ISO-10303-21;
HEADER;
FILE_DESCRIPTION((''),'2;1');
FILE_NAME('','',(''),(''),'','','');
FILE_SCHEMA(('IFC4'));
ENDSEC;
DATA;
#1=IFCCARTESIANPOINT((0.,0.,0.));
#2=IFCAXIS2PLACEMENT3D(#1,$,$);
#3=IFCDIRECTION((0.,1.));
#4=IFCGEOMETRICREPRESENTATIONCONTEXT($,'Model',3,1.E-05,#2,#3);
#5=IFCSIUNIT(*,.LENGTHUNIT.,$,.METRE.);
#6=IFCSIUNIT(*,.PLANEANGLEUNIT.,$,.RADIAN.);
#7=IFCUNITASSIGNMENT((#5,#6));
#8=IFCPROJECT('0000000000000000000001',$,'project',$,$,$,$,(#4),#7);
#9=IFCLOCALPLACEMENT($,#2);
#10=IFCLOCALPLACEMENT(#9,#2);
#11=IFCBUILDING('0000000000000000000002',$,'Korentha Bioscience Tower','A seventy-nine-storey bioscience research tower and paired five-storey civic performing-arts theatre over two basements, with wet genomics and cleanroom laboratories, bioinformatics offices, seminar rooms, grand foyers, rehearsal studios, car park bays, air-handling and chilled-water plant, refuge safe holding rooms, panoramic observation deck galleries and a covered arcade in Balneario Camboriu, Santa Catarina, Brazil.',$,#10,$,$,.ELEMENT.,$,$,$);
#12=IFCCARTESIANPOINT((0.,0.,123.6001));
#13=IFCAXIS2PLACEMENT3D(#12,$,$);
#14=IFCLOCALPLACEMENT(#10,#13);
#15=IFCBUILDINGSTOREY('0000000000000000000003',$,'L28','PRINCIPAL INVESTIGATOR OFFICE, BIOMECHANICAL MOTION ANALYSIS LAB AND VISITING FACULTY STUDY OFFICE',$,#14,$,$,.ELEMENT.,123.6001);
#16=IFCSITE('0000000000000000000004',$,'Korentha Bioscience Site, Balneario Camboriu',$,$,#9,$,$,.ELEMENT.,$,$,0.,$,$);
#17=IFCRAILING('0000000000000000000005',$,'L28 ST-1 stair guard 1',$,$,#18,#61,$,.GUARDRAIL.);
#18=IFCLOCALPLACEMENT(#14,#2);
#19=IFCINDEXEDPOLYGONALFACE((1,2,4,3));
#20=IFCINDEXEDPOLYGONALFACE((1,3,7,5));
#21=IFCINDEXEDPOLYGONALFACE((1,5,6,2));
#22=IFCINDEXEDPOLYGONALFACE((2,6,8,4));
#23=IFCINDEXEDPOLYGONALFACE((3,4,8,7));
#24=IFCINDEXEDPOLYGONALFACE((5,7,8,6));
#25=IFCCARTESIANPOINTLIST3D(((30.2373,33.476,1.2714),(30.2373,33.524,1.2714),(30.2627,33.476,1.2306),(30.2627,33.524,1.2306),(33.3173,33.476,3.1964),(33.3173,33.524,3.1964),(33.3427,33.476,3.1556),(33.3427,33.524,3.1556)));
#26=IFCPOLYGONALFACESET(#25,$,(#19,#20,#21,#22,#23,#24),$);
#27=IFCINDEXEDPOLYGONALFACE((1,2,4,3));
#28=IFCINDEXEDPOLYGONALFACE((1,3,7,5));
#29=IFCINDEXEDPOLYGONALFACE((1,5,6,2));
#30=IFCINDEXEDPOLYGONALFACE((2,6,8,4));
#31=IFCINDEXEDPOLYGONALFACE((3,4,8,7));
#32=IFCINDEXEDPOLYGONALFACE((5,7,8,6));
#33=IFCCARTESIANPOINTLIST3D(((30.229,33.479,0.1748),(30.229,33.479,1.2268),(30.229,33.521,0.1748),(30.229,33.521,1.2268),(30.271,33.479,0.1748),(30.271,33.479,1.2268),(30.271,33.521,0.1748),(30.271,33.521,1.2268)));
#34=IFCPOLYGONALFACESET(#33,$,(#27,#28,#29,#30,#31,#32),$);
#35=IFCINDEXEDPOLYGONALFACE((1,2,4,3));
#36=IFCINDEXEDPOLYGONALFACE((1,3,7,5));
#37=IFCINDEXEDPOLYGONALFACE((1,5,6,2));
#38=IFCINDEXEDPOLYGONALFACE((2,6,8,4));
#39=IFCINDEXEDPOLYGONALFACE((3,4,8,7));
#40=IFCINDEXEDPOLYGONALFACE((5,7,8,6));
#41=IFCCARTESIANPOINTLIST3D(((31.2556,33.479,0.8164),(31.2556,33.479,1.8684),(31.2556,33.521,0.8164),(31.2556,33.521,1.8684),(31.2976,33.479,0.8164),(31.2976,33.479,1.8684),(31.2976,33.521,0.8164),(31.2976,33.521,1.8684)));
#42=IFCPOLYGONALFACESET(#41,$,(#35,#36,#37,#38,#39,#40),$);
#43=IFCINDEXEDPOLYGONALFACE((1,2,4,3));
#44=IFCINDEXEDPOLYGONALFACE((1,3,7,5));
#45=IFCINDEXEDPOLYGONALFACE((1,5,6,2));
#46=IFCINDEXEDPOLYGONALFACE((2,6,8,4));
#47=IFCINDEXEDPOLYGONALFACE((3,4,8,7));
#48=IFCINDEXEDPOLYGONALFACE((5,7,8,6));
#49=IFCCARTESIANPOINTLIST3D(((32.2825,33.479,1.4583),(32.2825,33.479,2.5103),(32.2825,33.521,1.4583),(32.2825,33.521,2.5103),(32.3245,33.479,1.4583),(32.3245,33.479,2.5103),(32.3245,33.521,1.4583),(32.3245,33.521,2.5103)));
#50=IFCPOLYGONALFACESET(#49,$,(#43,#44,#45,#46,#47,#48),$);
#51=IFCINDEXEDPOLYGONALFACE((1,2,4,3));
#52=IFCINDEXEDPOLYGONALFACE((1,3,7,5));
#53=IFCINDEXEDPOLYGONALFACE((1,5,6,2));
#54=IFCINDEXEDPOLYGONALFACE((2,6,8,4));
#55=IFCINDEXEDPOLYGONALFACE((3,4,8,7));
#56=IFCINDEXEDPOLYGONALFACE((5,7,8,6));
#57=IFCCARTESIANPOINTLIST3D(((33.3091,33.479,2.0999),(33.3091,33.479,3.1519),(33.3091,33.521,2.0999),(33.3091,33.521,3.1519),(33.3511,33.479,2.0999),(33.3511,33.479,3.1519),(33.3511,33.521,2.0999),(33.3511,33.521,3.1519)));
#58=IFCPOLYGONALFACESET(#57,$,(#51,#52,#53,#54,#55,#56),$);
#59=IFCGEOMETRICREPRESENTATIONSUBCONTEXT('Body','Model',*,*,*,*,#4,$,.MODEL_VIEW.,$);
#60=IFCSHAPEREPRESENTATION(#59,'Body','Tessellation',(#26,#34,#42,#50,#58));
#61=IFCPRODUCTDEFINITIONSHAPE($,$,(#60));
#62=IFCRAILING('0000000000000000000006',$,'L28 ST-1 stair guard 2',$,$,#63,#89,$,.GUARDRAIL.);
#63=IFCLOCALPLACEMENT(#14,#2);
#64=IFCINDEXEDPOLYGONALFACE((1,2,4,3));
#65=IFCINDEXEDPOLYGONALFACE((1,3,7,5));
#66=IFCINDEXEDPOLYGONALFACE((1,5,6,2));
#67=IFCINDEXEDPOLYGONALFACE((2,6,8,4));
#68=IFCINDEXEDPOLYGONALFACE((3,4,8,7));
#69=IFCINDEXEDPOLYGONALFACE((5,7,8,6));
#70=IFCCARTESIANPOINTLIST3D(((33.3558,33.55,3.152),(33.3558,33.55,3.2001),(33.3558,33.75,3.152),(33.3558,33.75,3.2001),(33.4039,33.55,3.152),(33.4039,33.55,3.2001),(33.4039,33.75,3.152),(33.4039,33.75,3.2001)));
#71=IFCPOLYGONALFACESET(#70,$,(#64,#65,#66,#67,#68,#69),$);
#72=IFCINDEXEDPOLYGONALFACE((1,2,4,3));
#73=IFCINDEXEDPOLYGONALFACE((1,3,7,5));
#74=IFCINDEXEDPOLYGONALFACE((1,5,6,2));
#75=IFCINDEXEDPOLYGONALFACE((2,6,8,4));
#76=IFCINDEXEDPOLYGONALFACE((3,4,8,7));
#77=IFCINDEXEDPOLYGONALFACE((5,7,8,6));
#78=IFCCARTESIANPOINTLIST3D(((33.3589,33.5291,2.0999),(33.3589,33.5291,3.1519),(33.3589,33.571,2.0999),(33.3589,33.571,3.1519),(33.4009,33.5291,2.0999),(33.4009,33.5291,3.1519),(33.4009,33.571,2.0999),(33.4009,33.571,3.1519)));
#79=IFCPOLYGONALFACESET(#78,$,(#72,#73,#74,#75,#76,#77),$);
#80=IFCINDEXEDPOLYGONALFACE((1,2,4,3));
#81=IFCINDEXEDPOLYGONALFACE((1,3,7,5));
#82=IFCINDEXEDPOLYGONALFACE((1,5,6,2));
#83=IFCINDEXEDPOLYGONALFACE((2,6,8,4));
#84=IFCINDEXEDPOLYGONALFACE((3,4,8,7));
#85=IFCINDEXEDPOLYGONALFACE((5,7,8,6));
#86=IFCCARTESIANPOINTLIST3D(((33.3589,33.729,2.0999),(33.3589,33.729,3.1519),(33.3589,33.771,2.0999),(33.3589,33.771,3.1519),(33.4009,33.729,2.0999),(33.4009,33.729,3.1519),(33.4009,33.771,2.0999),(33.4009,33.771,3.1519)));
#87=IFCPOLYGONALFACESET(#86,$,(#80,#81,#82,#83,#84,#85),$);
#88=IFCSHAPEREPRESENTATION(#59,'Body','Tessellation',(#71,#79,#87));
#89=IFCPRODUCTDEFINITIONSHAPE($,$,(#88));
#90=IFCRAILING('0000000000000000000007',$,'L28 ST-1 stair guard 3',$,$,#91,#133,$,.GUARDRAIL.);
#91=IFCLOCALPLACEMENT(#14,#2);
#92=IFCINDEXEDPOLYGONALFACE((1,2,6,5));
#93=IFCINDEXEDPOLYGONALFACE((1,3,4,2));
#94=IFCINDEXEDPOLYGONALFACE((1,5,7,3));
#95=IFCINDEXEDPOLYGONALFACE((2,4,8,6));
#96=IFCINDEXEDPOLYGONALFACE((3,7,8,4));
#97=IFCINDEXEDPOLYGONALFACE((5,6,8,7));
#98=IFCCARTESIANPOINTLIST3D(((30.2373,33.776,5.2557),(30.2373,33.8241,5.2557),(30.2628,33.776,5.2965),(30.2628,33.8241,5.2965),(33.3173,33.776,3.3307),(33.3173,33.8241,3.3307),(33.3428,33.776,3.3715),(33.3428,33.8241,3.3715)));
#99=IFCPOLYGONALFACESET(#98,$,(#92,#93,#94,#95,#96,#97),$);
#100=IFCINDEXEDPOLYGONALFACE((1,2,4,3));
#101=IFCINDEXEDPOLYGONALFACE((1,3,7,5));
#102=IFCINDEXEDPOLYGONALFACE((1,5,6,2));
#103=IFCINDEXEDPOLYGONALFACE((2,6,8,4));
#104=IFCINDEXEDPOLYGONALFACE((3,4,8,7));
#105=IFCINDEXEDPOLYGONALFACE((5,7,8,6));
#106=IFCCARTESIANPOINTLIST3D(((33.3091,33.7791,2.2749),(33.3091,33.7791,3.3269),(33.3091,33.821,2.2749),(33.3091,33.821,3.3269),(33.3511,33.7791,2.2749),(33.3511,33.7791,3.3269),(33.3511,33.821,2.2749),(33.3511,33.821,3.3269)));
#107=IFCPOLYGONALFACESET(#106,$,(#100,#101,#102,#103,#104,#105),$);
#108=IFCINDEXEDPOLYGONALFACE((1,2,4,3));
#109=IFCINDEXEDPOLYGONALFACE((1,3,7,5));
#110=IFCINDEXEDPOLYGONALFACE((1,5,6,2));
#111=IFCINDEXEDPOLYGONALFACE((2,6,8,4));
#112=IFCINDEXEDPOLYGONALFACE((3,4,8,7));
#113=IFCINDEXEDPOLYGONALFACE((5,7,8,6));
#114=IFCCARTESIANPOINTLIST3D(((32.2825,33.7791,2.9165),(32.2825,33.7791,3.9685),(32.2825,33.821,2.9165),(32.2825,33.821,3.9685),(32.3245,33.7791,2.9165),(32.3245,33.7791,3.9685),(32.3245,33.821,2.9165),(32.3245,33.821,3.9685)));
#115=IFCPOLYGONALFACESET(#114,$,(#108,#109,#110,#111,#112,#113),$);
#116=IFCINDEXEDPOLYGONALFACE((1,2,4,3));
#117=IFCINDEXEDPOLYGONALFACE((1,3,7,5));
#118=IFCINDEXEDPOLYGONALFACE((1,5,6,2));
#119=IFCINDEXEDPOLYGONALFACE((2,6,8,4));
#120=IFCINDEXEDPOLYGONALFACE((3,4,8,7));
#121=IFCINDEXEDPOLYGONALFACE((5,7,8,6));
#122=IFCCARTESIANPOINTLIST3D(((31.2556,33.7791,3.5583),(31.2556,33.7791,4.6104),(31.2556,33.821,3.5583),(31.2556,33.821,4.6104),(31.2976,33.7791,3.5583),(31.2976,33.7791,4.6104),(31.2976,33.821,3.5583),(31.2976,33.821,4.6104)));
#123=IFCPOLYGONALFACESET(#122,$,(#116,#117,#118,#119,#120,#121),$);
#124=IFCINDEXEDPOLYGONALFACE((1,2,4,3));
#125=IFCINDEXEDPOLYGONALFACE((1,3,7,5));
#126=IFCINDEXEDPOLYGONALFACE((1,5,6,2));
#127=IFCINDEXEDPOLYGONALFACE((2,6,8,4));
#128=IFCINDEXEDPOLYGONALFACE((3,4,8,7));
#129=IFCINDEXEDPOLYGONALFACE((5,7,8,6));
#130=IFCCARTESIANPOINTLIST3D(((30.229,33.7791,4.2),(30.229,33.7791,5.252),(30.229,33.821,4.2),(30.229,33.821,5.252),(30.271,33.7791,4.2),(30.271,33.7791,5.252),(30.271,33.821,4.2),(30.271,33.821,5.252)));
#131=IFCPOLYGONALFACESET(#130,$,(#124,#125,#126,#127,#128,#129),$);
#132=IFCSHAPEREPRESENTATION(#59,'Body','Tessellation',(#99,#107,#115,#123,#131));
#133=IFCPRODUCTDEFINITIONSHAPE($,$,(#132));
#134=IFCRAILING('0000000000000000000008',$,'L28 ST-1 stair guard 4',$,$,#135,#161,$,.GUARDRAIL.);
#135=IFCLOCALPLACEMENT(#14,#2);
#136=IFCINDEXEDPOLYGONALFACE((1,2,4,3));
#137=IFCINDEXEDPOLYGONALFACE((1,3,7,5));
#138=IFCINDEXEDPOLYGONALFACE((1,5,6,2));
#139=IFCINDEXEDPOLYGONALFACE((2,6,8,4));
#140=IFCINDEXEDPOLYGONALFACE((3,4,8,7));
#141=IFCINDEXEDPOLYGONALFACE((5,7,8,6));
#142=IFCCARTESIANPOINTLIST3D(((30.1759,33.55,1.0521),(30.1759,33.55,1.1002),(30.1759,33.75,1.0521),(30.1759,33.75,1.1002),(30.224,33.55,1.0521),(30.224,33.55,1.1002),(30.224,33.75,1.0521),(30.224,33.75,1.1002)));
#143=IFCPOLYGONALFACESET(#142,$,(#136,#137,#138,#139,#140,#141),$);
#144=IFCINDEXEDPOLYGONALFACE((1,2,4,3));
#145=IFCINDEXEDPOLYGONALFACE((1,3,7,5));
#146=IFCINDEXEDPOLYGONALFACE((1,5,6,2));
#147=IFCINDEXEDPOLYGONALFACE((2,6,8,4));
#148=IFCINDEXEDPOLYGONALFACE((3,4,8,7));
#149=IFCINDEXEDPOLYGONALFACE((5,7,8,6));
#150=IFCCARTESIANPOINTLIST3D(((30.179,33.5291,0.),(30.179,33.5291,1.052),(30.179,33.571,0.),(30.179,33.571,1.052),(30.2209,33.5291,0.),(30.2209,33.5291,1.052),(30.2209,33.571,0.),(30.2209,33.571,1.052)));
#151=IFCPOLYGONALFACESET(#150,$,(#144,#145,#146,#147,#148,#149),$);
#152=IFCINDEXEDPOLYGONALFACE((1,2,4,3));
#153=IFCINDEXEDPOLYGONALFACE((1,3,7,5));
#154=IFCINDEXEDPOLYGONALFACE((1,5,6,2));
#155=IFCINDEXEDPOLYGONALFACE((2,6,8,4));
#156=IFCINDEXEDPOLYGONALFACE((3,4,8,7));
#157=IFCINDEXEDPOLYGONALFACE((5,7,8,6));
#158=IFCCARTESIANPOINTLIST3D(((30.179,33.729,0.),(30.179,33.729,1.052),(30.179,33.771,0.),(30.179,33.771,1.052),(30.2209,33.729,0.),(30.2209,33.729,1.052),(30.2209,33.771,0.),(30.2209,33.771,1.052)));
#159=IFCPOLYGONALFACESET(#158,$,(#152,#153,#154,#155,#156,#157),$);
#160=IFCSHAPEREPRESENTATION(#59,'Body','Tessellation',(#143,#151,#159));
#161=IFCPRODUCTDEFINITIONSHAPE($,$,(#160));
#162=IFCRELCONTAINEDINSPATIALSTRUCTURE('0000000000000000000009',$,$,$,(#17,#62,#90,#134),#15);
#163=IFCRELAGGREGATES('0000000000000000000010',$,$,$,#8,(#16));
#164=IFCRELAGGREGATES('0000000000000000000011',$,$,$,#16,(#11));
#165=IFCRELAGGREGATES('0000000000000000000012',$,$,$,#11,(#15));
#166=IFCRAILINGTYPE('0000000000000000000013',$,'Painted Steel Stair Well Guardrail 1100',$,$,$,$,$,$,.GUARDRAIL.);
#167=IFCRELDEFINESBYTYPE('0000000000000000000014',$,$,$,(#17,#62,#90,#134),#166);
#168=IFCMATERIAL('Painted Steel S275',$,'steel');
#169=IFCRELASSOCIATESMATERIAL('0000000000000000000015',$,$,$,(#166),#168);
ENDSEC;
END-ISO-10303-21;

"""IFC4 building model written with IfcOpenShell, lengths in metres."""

from ifc_helpers import new_model, si_unit, direction, frame, origin, origin_2d, place, context, subcontext, project, spatial, rectangle, extrude, material, type_object, element, save


model = new_model("IFC4")

# Units and contexts
model_context = context("Model", 3, precision=1e-05, world=origin(), true_north=direction((0.0, 1.0)))
body_context = subcontext(model_context, "Body", "Model", "MODEL_VIEW")
ifc_project = project(units=[si_unit("LENGTHUNIT", "METRE"), si_unit("PLANEANGLEUNIT", "RADIAN")], contexts=[model_context])

# Site, building, storey
site_placement = place(None, origin())
site = spatial("IfcSite", under=ifc_project, at=site_placement, Name="Korentha Bioscience Site, Balneario Camboriu", CompositionType="ELEMENT", RefElevation=0.0)
building_placement = place(site_placement, origin())
building = spatial("IfcBuilding", under=site, at=building_placement, Name="Korentha Bioscience Tower", Description="A seventy-nine-storey bioscience research tower and paired five-storey civic performing-arts theatre over two basements, with wet genomics and cleanroom laboratories, bioinformatics offices, seminar rooms, grand foyers, rehearsal studios, car park bays, air-handling and chilled-water plant, refuge safe holding rooms, panoramic observation deck galleries and a covered arcade in Balneario Camboriu, Santa Catarina, Brazil.", CompositionType="ELEMENT")
storey_placement = place(building_placement, frame((0.0, 0.0, 123.6001)))
storey = spatial("IfcBuildingStorey", under=building, at=storey_placement, Name="L28", Description="PRINCIPAL INVESTIGATOR OFFICE, BIOMECHANICAL MOTION ANALYSIS LAB AND VISITING FACULTY STUDY OFFICE", CompositionType="ELEMENT", Elevation=123.6001)

# Railings
ifc_material_1 = material(Name="Painted Steel S275", Category="steel")
railing_type_1 = type_object("IfcRailingType", Name="Painted Steel Stair Well Guardrail 1100", PredefinedType="GUARDRAIL", material=ifc_material_1)
railing_1_placement = place(storey_placement, frame((30.25, 33.5, 0.1748)))
element("IfcRailing", 1, at=railing_1_placement, inside=storey, type_object=railing_type_1, Name="L28 ST-1 stair guard 1", PredefinedType="GUARDRAIL", context=body_context, shape_type="SweptSolid", body=[
    extrude(rectangle(XDim=0.0481, YDim=0.0481, at=origin_2d()), frame((0.0, 0.0, 1.0762), z_axis=(0.847998, 0.0, 0.529999), x_axis=(0.0, 1.0, 0.0)), (0.0, 0.0, 1.0), 3.6321),
    extrude(rectangle(XDim=0.042, YDim=0.042, at=origin_2d()), origin(), (0.0, 0.0, 1.0), 1.052),
    extrude(rectangle(XDim=0.042, YDim=0.042, at=origin_2d()), frame((1.0266, 0.0, 0.6416)), (0.0, 0.0, 1.0), 1.052),
    extrude(rectangle(XDim=0.042, YDim=0.042, at=origin_2d()), frame((2.0535, 0.0, 1.2834)), (0.0, 0.0, 1.0), 1.052),
    extrude(rectangle(XDim=0.042, YDim=0.042, at=origin_2d()), frame((3.0801, 0.0, 1.925)), (0.0, 0.0, 1.0), 1.052),
])
railing_2_placement = place(storey_placement, frame((33.3799, 33.55, 2.0999)))
element("IfcRailing", 2, at=railing_2_placement, inside=storey, type_object=railing_type_1, Name="L28 ST-1 stair guard 2", PredefinedType="GUARDRAIL", context=body_context, shape_type="SweptSolid", body=[
    extrude(rectangle(XDim=0.0481, YDim=0.0481, at=origin_2d()), frame((0.0, 0.0, 1.0762), z_axis=(0.0, 1.0, 0.0), x_axis=(-1.0, 0.0, 0.0)), (0.0, 0.0, 1.0), 0.2),
    extrude(rectangle(XDim=0.042, YDim=0.042, at=origin_2d()), origin(), (0.0, 0.0, 1.0), 1.052),
    extrude(rectangle(XDim=0.042, YDim=0.042, at=origin_2d()), frame((0.0, 0.2, 0.0)), (0.0, 0.0, 1.0), 1.052),
])
railing_3_placement = place(storey_placement, frame((33.3301, 33.8, 2.2749)))
element("IfcRailing", 3, at=railing_3_placement, inside=storey, type_object=railing_type_1, Name="L28 ST-1 stair guard 3", PredefinedType="GUARDRAIL", context=body_context, shape_type="SweptSolid", body=[
    extrude(rectangle(XDim=0.0481, YDim=0.0481, at=origin_2d()), frame((0.0, 0.0, 1.0762), z_axis=(-0.847998, 0.0, 0.529999), x_axis=(0.0, -1.0, 0.0)), (0.0, 0.0, 1.0), 3.6321),
    extrude(rectangle(XDim=0.042, YDim=0.042, at=origin_2d()), origin(), (0.0, 0.0, 1.0), 1.052),
    extrude(rectangle(XDim=0.042, YDim=0.042, at=origin_2d()), frame((-1.0266, 0.0, 0.6416)), (0.0, 0.0, 1.0), 1.052),
    extrude(rectangle(XDim=0.042, YDim=0.042, at=origin_2d()), frame((-2.0535, 0.0, 1.2834)), (0.0, 0.0, 1.0), 1.052),
    extrude(rectangle(XDim=0.042, YDim=0.042, at=origin_2d()), frame((-3.0801, 0.0, 1.925)), (0.0, 0.0, 1.0), 1.052),
])
railing_4_placement = place(storey_placement, frame((30.2, 33.55, 0.0)))
element("IfcRailing", 4, at=railing_4_placement, inside=storey, type_object=railing_type_1, Name="L28 ST-1 stair guard 4", PredefinedType="GUARDRAIL", context=body_context, shape_type="SweptSolid", body=[
    extrude(rectangle(XDim=0.0481, YDim=0.0481, at=origin_2d()), frame((0.0, 0.0, 1.0762), z_axis=(0.0, 1.0, 0.0), x_axis=(-1.0, 0.0, 0.0)), (0.0, 0.0, 1.0), 0.2),
    extrude(rectangle(XDim=0.042, YDim=0.042, at=origin_2d()), origin(), (0.0, 0.0, 1.0), 1.052),
    extrude(rectangle(XDim=0.042, YDim=0.042, at=origin_2d()), frame((0.0, 0.2, 0.0)), (0.0, 0.0, 1.0), 1.052),
])

save(model, "model.ifc")
